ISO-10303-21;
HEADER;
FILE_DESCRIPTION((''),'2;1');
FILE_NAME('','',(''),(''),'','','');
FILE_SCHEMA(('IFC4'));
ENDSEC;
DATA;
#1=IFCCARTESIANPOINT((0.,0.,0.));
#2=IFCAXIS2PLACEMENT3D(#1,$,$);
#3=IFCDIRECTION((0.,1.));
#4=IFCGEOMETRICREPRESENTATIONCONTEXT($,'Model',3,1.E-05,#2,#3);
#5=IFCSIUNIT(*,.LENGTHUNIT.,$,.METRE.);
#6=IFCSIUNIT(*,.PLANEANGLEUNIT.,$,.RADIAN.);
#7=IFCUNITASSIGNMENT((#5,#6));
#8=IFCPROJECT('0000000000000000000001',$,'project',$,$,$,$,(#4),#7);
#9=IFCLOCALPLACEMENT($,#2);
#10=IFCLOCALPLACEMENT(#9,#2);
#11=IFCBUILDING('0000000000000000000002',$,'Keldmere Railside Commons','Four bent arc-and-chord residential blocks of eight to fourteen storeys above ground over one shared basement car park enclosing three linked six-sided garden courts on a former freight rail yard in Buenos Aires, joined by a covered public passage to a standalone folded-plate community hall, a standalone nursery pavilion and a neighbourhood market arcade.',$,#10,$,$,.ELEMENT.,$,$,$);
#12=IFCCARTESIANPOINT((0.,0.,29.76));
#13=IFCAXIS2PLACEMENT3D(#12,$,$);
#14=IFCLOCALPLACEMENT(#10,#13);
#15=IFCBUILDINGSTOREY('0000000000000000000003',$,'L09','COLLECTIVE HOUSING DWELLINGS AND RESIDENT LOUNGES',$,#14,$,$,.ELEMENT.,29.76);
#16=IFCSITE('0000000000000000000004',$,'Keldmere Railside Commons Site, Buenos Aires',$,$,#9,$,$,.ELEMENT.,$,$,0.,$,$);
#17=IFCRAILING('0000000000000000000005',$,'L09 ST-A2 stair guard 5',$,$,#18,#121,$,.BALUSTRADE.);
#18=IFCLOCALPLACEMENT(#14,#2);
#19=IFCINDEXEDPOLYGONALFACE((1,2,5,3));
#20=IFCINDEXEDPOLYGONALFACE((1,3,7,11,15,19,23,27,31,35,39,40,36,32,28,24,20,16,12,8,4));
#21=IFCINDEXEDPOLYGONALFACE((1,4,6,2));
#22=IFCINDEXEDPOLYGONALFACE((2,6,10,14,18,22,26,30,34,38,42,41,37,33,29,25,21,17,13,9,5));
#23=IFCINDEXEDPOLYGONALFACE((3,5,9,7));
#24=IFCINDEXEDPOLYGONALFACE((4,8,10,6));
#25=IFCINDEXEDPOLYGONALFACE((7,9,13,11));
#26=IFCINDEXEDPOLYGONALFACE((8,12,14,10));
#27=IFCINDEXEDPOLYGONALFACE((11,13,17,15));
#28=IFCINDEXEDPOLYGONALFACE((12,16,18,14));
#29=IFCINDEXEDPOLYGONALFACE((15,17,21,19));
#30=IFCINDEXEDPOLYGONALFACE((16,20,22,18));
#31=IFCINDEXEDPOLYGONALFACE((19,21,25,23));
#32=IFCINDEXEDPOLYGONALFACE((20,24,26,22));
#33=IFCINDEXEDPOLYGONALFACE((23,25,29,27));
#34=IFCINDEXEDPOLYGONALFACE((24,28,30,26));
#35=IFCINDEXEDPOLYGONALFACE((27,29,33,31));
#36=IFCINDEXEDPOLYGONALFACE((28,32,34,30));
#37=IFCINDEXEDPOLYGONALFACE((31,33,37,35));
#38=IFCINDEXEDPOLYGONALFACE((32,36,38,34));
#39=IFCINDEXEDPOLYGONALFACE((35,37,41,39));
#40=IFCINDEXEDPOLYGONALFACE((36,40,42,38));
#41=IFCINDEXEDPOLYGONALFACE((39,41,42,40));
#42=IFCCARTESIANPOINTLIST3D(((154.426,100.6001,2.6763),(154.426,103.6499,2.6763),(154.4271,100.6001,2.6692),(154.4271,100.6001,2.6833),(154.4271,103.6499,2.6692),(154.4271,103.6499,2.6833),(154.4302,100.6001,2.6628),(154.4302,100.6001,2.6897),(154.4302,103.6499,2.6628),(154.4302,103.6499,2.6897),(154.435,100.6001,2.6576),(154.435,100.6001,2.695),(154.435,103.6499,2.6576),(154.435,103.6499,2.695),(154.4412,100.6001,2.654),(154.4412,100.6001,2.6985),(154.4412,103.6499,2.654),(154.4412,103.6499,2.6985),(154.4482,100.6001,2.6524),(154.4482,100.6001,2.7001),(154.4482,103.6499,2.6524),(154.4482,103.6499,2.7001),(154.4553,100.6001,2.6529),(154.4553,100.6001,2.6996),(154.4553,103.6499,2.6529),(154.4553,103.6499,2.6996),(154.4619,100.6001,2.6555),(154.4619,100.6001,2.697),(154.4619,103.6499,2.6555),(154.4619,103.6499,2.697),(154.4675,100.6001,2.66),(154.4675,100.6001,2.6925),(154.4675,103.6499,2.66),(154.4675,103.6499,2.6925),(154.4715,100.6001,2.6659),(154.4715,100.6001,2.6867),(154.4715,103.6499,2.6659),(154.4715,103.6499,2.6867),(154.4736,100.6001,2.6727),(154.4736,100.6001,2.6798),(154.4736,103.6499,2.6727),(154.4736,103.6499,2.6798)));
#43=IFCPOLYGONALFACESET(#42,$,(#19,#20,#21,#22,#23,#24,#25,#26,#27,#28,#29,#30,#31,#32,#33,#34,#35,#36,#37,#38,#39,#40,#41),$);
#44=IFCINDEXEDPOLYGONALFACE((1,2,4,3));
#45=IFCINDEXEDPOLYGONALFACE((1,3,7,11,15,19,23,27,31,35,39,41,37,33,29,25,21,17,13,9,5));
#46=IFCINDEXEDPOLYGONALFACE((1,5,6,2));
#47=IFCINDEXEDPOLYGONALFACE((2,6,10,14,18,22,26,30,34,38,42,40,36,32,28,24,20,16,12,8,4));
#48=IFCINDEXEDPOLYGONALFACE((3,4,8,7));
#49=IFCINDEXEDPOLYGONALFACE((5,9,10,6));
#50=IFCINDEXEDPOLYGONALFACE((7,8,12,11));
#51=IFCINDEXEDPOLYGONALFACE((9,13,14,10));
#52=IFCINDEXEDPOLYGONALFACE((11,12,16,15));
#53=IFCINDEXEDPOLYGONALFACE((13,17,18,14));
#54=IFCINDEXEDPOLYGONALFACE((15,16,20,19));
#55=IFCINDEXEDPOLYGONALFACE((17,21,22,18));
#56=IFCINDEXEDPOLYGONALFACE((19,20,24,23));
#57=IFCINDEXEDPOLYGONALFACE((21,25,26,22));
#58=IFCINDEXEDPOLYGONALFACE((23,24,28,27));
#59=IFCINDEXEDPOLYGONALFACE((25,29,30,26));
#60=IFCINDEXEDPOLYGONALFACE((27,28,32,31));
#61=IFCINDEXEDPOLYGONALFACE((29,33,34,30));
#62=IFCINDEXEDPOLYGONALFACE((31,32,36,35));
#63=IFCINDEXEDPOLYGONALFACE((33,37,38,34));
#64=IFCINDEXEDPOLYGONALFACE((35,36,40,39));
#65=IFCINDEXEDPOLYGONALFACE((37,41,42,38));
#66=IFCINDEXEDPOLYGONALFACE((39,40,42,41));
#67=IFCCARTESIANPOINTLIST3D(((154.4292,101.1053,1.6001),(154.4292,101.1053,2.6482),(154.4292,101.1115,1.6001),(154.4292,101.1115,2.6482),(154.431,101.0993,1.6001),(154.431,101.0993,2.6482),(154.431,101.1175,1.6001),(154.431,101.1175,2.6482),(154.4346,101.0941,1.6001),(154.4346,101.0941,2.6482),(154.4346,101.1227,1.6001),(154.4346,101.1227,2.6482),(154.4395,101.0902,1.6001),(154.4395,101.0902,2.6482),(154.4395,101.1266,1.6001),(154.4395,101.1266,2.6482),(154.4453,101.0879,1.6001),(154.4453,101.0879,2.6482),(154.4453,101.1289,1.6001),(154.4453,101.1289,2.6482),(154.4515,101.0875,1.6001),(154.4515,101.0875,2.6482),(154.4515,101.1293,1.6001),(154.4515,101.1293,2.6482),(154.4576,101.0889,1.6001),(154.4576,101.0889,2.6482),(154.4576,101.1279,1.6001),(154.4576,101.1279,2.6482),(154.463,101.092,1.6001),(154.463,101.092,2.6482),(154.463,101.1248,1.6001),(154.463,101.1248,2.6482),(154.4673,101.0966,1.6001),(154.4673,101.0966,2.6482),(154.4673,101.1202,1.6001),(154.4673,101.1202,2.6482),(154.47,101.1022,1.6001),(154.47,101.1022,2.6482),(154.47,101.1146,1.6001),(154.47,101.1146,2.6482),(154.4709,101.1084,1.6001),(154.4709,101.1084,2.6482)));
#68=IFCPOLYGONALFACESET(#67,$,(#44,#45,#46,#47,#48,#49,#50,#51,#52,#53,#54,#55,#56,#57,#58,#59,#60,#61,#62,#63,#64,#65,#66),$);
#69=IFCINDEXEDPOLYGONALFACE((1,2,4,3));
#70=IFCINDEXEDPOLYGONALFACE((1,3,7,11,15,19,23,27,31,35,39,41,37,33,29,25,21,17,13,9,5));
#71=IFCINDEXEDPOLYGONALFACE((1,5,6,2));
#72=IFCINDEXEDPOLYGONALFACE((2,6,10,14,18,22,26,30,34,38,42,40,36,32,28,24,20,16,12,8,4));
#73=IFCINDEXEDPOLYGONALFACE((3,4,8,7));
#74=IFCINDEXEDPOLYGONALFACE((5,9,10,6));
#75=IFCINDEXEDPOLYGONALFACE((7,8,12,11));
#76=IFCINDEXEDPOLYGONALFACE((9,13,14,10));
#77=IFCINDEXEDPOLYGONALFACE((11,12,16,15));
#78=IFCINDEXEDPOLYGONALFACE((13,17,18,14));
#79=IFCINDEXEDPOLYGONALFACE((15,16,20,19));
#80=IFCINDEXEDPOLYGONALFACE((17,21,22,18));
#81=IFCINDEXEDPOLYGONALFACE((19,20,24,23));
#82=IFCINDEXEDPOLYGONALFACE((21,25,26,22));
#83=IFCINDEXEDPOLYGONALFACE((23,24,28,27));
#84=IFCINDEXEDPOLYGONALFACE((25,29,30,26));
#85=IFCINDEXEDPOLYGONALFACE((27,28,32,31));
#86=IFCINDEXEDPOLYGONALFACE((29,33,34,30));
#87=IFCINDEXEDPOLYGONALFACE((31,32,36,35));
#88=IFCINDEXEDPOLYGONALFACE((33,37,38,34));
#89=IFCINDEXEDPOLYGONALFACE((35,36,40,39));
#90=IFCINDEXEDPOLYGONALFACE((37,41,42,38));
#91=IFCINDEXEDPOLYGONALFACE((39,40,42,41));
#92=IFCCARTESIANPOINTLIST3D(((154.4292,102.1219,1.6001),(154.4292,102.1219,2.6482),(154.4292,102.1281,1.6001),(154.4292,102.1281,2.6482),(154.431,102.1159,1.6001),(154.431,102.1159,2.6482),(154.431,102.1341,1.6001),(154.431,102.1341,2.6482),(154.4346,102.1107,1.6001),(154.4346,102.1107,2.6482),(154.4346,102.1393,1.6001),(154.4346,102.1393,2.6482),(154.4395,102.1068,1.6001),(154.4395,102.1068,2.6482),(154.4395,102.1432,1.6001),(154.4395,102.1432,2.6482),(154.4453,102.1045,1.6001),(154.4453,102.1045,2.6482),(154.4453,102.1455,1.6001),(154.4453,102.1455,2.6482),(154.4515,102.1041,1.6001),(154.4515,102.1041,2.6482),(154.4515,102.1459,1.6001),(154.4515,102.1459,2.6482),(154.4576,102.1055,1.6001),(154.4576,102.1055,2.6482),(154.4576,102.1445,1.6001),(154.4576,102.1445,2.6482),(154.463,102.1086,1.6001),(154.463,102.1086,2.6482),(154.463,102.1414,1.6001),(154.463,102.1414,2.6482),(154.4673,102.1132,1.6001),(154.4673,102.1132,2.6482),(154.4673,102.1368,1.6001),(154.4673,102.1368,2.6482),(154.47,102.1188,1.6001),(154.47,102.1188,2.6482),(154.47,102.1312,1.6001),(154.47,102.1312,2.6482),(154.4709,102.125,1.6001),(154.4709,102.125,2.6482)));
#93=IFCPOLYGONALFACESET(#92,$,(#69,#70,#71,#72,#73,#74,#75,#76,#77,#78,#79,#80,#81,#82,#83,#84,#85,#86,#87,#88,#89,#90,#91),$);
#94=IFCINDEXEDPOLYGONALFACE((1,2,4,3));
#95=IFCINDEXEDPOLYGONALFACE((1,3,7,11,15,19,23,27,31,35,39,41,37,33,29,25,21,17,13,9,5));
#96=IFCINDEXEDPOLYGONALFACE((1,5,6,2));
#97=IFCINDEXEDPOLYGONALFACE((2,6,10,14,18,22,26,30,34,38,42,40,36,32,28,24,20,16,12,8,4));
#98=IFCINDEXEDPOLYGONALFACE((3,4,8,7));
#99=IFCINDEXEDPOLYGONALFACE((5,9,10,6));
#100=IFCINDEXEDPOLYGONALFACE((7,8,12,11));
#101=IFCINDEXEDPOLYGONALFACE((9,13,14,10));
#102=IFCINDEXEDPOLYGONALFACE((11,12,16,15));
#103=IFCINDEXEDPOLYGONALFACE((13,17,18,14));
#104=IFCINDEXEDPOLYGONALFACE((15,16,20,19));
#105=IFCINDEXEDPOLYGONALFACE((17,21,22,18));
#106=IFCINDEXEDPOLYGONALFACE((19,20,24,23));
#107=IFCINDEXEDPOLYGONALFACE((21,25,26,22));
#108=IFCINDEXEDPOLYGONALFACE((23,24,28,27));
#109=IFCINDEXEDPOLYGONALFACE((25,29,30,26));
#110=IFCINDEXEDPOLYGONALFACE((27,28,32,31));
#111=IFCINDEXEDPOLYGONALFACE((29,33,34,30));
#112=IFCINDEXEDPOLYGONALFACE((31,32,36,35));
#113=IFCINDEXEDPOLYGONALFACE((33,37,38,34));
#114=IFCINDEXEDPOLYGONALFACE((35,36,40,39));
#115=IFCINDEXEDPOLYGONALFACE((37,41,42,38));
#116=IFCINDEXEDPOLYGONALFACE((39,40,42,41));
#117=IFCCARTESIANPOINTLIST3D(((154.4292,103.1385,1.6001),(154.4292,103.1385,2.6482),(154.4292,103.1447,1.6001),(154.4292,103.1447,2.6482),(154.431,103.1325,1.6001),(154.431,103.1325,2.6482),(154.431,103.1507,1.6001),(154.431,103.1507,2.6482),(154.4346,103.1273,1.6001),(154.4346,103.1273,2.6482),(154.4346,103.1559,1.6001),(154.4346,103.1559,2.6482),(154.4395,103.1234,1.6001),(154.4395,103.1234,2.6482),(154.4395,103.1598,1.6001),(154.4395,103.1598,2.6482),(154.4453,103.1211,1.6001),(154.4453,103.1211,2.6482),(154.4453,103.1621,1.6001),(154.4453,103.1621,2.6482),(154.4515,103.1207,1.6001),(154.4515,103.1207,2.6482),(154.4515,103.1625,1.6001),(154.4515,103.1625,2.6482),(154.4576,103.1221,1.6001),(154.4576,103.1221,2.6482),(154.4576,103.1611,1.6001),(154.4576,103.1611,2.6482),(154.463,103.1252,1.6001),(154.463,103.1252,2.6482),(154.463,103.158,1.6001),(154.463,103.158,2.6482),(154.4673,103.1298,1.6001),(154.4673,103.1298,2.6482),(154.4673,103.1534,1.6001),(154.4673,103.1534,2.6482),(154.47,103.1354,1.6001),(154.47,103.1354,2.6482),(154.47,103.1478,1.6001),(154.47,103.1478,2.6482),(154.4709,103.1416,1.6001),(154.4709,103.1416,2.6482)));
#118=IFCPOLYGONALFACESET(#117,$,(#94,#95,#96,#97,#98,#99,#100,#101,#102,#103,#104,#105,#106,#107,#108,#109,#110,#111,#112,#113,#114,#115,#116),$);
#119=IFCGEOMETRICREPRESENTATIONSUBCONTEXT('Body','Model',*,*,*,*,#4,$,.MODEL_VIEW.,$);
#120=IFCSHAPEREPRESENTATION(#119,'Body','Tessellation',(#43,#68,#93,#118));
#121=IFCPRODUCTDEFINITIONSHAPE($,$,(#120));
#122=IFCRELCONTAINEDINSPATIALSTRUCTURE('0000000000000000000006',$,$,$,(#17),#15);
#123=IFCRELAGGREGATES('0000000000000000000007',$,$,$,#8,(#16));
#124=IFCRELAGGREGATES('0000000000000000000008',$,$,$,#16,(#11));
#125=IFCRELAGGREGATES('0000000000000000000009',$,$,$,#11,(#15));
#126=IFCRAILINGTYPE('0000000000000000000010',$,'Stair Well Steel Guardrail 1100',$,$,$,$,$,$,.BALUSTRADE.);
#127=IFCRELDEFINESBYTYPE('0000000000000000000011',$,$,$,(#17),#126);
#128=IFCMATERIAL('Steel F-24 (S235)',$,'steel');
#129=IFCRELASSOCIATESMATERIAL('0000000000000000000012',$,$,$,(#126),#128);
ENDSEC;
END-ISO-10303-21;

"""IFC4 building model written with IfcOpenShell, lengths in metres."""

from ifc_helpers import new_model, si_unit, direction, frame, origin, origin_2d, place, context, subcontext, project, spatial, circle, extrude, material, type_object, element, save


model = new_model("IFC4")

# Units and contexts
model_context = context("Model", 3, precision=1e-05, world=origin(), true_north=direction((0.0, 1.0)))
body_context = subcontext(model_context, "Body", "Model", "MODEL_VIEW")
ifc_project = project(units=[si_unit("LENGTHUNIT", "METRE"), si_unit("PLANEANGLEUNIT", "RADIAN")], contexts=[model_context])

# Site, building, storey
site_placement = place(None, origin())
site = spatial("IfcSite", under=ifc_project, at=site_placement, Name="Keldmere Railside Commons Site, Buenos Aires", CompositionType="ELEMENT", RefElevation=0.0)
building_placement = place(site_placement, origin())
building = spatial("IfcBuilding", under=site, at=building_placement, Name="Keldmere Railside Commons", Description="Four bent arc-and-chord residential blocks of eight to fourteen storeys above ground over one shared basement car park enclosing three linked six-sided garden courts on a former freight rail yard in Buenos Aires, joined by a covered public passage to a standalone folded-plate community hall, a standalone nursery pavilion and a neighbourhood market arcade.", CompositionType="ELEMENT")
storey_placement = place(building_placement, frame((0.0, 0.0, 29.76)))
storey = spatial("IfcBuildingStorey", under=building, at=storey_placement, Name="L09", Description="COLLECTIVE HOUSING DWELLINGS AND RESIDENT LOUNGES", CompositionType="ELEMENT", Elevation=29.76)

# Railing
ifc_material_1 = material(Name="Steel F-24 (S235)", Category="steel")
railing_type_1 = type_object("IfcRailingType", Name="Stair Well Steel Guardrail 1100", PredefinedType="BALUSTRADE", material=ifc_material_1)
railing_1_placement = place(storey_placement, frame((154.45, 100.6001, 1.6001)))
element("IfcRailing", 1, at=railing_1_placement, inside=storey, type_object=railing_type_1, Name="L09 ST-A2 stair guard 5", PredefinedType="BALUSTRADE", context=body_context, shape_type="SweptSolid", body=[
    extrude(circle(Radius=0.0239, at=origin_2d()), frame((0.0, 0.0, 1.0762), z_axis=(0.0, 1.0, 0.0), x_axis=(-1.0, 0.0, 0.0)), (0.0, 0.0, 1.0), 3.0498),
    extrude(circle(Radius=0.021, at=origin_2d()), frame((0.0, 0.5083, 0.0)), (0.0, 0.0, 1.0), 1.0481),
    extrude(circle(Radius=0.021, at=origin_2d()), frame((0.0, 1.5249, 0.0)), (0.0, 0.0, 1.0), 1.0481),
    extrude(circle(Radius=0.021, at=origin_2d()), frame((0.0, 2.5415, 0.0)), (0.0, 0.0, 1.0), 1.0481),
])

save(model, "model.ifc")
